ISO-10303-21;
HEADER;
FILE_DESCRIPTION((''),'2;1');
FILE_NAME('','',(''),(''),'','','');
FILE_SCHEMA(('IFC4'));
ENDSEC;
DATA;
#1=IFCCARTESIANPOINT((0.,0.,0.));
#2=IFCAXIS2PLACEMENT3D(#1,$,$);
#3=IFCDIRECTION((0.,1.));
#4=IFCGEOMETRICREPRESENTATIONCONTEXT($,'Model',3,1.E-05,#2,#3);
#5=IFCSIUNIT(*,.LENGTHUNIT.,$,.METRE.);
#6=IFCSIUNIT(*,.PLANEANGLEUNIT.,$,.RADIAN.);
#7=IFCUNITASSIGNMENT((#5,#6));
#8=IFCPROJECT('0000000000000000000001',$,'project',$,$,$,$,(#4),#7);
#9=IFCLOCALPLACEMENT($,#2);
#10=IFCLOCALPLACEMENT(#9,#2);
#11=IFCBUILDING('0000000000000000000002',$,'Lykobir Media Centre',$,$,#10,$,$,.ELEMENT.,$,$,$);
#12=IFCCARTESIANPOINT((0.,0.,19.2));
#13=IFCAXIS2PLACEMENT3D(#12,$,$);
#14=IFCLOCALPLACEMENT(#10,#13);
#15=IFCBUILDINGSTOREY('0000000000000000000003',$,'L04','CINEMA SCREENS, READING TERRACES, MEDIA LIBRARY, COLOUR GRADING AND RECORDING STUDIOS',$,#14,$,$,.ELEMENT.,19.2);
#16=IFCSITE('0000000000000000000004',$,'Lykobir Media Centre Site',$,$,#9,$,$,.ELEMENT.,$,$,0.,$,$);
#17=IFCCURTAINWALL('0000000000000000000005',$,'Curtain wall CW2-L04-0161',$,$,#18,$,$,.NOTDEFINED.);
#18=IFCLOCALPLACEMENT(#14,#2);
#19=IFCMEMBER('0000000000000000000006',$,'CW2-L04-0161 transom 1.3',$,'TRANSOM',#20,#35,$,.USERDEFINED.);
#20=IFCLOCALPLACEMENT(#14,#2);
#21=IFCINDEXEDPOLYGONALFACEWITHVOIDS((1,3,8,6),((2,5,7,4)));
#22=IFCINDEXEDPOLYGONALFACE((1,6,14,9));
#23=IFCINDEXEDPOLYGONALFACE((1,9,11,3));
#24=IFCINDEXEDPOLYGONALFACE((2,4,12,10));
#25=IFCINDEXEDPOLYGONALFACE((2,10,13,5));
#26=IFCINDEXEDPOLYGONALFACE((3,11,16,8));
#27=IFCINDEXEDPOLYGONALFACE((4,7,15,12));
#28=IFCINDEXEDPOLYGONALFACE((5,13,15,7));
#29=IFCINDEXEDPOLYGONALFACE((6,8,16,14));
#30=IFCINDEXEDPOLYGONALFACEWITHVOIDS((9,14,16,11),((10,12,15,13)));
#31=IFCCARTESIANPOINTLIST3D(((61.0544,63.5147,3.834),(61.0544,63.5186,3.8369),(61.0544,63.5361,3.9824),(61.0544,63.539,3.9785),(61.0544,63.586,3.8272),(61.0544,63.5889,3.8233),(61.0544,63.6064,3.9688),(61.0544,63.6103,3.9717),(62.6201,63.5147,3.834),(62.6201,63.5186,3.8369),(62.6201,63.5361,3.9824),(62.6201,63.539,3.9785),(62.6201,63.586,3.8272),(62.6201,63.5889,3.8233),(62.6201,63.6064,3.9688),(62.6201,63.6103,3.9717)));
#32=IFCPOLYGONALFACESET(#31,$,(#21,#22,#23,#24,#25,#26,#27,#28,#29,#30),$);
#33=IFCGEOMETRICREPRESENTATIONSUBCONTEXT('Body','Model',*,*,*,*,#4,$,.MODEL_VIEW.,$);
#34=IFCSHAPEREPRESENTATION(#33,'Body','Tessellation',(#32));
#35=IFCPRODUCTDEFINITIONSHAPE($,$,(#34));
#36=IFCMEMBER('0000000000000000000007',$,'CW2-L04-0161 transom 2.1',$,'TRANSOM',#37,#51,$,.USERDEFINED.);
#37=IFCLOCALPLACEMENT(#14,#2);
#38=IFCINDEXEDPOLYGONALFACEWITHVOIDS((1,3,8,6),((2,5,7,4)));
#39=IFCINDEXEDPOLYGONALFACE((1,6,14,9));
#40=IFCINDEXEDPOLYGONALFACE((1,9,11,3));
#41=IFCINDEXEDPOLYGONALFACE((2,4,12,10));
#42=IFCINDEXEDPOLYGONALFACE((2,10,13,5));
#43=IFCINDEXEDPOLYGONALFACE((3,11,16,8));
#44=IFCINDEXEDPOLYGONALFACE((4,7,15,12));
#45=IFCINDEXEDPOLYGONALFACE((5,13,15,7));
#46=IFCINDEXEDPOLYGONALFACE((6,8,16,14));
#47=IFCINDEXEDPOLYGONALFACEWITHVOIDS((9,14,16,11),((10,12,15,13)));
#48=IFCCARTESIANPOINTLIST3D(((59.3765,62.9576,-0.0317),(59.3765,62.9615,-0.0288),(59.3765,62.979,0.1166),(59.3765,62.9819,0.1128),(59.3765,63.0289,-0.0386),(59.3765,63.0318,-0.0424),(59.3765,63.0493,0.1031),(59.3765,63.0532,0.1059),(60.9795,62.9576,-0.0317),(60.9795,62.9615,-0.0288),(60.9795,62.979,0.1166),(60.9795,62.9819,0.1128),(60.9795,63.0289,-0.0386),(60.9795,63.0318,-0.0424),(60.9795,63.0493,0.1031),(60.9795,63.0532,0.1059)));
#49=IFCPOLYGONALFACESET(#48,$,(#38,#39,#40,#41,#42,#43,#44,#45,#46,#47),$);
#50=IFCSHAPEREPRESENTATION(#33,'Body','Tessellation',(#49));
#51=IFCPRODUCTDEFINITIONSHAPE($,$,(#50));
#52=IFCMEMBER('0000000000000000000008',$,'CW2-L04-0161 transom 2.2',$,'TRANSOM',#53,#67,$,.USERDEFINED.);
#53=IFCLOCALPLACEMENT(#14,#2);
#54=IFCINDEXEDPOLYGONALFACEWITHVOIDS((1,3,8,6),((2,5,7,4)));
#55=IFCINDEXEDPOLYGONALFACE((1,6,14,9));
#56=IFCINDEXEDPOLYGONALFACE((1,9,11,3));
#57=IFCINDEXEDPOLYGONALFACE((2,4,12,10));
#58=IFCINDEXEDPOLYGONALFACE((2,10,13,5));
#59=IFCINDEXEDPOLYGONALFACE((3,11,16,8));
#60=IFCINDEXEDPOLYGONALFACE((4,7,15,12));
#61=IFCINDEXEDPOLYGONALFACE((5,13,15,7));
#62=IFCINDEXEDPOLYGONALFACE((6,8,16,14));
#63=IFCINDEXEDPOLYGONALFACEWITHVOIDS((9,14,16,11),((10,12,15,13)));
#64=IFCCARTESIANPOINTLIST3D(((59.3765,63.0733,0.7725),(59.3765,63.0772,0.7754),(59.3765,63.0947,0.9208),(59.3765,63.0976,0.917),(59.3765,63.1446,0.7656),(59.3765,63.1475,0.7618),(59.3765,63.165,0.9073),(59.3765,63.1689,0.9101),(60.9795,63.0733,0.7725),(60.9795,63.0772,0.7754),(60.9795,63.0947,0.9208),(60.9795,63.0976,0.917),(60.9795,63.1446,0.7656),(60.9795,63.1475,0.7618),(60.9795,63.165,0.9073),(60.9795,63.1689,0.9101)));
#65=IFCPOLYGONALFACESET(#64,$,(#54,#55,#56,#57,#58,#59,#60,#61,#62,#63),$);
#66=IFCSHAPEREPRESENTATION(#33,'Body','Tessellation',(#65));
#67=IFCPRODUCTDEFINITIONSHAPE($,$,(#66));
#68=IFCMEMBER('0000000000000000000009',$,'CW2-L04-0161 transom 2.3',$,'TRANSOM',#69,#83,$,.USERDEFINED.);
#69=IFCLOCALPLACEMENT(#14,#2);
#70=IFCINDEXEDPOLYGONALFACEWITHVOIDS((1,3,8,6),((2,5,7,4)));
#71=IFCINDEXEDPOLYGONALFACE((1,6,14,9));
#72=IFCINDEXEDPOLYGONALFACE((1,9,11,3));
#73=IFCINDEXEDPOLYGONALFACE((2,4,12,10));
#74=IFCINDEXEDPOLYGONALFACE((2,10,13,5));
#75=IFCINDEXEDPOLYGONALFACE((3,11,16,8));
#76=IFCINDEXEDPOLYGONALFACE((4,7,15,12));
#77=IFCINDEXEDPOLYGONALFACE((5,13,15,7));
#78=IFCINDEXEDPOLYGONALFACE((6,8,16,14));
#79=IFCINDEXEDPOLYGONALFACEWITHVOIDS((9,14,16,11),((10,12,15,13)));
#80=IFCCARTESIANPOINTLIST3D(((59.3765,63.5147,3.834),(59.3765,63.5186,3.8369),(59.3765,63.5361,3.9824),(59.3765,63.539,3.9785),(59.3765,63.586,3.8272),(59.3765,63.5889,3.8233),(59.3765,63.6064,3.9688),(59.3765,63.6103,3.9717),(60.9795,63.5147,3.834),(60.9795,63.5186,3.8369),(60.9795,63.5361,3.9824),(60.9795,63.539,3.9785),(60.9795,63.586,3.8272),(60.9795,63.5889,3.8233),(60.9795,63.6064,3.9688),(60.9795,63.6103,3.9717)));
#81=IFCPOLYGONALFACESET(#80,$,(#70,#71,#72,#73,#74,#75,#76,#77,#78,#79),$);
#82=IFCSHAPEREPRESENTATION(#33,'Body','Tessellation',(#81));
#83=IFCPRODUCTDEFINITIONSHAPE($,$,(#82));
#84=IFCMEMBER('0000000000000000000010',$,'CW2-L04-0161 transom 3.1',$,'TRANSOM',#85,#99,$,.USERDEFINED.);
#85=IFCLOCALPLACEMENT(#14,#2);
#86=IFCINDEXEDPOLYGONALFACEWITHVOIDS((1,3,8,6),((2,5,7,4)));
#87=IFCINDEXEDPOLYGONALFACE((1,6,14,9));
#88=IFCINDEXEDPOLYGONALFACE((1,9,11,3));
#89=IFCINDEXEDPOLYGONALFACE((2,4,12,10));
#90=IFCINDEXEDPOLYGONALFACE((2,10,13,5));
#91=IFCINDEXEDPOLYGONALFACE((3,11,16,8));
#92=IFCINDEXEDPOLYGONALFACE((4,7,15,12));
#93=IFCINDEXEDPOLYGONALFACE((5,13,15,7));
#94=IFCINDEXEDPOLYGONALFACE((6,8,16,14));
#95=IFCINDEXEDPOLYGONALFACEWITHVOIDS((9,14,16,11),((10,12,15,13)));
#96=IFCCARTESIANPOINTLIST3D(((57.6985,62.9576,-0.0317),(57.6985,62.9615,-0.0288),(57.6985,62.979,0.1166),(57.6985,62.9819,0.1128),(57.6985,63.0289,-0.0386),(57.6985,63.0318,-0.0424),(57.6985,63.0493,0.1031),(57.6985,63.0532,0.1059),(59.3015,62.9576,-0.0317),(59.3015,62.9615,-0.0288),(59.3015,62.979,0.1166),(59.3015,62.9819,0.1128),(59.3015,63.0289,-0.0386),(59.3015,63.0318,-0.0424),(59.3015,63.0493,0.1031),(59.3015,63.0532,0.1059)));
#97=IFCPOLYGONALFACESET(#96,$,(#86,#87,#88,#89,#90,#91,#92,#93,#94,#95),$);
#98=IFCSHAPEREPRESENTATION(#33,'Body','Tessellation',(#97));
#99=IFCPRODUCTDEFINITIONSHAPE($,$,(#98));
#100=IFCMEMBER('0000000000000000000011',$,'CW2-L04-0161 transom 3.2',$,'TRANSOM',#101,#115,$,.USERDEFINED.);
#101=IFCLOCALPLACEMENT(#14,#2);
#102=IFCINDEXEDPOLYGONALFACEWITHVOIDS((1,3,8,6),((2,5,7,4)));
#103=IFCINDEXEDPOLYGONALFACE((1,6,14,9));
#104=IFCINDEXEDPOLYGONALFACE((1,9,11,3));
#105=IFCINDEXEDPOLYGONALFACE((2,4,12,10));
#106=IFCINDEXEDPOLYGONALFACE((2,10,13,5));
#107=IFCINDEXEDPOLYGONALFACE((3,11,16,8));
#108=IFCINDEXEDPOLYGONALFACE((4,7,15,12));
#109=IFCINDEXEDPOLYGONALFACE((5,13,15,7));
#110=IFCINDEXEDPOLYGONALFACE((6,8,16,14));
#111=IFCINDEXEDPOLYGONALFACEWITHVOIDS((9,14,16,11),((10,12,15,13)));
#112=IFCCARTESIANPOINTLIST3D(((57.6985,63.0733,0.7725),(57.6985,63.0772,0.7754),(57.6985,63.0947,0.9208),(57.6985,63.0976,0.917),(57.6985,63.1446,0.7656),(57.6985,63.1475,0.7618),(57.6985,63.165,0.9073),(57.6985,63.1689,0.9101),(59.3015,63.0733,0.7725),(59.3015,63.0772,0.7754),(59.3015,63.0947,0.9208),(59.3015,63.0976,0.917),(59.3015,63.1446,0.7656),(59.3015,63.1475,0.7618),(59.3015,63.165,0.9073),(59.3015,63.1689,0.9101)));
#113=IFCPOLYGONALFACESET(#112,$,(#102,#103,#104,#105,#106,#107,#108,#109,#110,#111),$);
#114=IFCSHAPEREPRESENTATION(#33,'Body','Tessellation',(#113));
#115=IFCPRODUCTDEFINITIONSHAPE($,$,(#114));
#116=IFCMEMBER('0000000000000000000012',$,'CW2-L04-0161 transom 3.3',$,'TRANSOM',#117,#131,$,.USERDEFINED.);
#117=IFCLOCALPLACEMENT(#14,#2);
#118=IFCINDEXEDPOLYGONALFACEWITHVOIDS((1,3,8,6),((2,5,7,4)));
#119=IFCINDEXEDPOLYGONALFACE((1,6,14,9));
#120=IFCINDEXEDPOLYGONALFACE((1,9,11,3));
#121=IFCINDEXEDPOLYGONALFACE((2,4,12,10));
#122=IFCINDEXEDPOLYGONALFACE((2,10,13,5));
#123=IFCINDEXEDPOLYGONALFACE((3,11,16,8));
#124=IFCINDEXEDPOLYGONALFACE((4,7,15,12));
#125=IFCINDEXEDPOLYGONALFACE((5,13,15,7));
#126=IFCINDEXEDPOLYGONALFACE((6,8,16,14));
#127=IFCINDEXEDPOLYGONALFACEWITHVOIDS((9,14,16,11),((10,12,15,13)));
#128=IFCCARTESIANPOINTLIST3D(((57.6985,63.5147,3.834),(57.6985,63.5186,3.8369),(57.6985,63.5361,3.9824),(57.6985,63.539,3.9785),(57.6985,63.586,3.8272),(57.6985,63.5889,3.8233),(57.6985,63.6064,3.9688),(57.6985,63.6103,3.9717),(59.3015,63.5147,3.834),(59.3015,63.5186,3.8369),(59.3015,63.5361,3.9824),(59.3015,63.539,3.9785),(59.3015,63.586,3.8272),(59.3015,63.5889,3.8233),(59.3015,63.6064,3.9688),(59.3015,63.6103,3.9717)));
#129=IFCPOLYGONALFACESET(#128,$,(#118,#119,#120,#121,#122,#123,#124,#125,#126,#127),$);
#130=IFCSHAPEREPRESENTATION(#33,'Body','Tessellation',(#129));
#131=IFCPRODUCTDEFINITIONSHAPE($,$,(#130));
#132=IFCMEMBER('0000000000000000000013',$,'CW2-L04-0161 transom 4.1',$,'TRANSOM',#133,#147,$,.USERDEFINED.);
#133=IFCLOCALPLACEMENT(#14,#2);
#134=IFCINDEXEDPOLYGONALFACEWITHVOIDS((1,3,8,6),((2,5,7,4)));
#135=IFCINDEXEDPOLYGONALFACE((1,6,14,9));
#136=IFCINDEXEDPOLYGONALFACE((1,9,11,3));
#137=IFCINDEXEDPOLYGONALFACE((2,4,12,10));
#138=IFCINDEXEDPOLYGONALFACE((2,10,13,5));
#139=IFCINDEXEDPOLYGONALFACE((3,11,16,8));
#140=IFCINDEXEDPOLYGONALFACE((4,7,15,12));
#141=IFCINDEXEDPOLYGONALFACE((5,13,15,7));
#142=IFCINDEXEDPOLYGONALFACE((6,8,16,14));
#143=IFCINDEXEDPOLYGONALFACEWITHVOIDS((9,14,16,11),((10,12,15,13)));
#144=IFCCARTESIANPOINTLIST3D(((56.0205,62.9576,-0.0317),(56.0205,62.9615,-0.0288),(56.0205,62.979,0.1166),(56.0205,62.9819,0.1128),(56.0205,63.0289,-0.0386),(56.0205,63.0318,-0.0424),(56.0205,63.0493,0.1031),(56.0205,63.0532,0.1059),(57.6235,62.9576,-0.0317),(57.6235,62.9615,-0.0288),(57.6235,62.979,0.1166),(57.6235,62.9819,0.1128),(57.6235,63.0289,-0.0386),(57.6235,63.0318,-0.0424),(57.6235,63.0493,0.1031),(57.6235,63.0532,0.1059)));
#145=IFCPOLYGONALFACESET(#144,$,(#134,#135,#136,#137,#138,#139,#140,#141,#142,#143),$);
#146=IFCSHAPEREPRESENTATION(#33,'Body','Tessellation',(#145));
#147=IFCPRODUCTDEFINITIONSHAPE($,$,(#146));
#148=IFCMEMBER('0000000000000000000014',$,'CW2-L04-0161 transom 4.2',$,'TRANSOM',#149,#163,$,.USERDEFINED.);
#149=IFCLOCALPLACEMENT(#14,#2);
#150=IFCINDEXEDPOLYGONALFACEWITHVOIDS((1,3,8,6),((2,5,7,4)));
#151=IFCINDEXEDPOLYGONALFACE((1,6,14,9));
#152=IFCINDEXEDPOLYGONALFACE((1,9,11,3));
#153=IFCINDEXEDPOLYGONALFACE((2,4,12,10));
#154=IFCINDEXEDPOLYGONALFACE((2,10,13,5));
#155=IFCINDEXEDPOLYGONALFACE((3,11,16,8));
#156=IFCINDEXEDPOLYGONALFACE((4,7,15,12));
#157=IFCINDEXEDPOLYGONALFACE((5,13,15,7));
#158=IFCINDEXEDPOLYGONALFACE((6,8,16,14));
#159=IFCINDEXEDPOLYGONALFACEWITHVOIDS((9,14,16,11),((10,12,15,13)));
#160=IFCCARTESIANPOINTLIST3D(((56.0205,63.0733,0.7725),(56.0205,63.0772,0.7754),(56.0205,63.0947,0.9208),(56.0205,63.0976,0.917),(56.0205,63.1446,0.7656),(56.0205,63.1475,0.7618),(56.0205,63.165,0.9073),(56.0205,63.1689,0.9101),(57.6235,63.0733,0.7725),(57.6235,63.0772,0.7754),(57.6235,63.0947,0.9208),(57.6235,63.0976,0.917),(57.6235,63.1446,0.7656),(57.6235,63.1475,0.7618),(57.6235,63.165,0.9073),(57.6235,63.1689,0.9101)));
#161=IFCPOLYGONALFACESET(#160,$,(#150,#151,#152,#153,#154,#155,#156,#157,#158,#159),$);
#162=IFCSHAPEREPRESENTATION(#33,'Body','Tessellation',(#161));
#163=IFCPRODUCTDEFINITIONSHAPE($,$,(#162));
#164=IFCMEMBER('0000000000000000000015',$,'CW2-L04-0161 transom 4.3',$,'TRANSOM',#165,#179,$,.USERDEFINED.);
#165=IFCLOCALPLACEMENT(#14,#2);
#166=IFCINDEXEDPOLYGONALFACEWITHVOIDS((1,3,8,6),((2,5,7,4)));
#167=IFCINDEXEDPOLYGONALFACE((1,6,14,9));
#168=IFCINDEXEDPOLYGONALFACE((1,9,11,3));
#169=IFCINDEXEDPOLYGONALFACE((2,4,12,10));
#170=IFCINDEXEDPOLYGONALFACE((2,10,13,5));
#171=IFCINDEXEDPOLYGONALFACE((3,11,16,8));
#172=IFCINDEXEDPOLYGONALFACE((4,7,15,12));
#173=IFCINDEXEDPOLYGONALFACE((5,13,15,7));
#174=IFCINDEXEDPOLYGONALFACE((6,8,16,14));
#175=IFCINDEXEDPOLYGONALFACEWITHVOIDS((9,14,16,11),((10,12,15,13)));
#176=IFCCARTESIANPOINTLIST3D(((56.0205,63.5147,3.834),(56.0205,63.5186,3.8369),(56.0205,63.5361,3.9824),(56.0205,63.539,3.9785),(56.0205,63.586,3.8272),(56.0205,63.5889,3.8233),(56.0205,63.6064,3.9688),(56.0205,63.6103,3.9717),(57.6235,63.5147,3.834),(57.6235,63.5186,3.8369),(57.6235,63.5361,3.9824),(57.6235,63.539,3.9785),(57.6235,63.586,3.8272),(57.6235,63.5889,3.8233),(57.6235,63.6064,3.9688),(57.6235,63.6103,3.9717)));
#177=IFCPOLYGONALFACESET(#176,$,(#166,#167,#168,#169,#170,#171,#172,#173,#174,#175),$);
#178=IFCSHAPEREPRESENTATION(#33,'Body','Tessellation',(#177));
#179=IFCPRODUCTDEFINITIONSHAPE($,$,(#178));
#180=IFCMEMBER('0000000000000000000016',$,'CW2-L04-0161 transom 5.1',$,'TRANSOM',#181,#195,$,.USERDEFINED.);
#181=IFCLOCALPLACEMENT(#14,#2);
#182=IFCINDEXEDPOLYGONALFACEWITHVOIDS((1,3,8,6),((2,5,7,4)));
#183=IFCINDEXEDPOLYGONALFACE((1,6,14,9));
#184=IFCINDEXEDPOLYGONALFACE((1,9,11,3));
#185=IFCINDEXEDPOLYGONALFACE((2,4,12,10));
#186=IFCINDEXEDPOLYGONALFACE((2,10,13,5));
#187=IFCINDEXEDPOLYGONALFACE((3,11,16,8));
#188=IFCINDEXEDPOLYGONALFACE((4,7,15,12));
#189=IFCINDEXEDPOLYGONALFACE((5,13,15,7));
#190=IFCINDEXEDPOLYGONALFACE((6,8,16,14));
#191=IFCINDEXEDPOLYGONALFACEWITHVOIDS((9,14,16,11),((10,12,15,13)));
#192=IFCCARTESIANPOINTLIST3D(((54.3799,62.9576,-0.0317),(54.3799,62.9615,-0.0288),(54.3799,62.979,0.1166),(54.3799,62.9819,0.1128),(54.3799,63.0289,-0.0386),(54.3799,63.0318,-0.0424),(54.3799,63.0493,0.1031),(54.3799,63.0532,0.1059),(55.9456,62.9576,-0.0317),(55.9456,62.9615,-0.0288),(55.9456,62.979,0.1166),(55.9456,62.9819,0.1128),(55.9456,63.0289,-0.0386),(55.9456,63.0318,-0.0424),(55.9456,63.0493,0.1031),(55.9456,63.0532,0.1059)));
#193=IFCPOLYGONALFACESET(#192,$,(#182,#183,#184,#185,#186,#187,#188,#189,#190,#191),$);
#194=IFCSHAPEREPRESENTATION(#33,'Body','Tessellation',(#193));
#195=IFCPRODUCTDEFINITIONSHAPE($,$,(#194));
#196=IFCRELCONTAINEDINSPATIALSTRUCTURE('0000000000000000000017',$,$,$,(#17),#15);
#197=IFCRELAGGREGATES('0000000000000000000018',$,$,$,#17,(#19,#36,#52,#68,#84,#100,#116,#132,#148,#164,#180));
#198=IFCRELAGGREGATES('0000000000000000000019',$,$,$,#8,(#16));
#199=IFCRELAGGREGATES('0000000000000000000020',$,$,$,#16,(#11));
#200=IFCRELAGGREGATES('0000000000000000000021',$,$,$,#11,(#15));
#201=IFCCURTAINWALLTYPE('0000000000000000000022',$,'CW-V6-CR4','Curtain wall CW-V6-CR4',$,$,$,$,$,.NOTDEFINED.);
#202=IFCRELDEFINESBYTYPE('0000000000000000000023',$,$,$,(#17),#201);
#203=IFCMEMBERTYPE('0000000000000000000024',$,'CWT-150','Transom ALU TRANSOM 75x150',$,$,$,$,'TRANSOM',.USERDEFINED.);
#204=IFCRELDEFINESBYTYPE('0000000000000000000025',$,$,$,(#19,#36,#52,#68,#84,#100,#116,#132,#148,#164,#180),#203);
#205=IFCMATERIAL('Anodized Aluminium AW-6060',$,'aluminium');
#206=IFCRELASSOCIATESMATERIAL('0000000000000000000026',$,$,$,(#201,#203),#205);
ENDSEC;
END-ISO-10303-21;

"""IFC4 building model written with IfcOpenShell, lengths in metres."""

from ifc_helpers import new_model, si_unit, direction, frame, origin, origin_2d, place, context, subcontext, project, spatial, hollow_rectangle, extrude, material, material_profile, profile_set, type_object, element, aggregate, save


model = new_model("IFC4")

# Units and contexts
model_context = context("Model", 3, precision=1e-05, world=origin(), true_north=direction((0.0, 1.0)))
body_context = subcontext(model_context, "Body", "Model", "MODEL_VIEW")
ifc_project = project(units=[si_unit("LENGTHUNIT", "METRE"), si_unit("PLANEANGLEUNIT", "RADIAN")], contexts=[model_context])

# Site, building, storey
site_placement = place(None, origin())
site = spatial("IfcSite", under=ifc_project, at=site_placement, Name="Lykobir Media Centre Site", CompositionType="ELEMENT", RefElevation=0.0)
building_placement = place(site_placement, origin())
building = spatial("IfcBuilding", under=site, at=building_placement, Name="Lykobir Media Centre", CompositionType="ELEMENT")
storey_placement = place(building_placement, frame((0.0, 0.0, 19.2)))
storey = spatial("IfcBuildingStorey", under=building, at=storey_placement, Name="L04", Description="CINEMA SCREENS, READING TERRACES, MEDIA LIBRARY, COLOUR GRADING AND RECORDING STUDIOS", CompositionType="ELEMENT", Elevation=19.2)

# Curtain wall, members
ifc_material_1 = material(Name="Anodized Aluminium AW-6060", Category="aluminium")
curtain_wall_type_1 = type_object("IfcCurtainWallType", Name="CW-V6-CR4", Description="Curtain wall CW-V6-CR4", PredefinedType="NOTDEFINED", material=ifc_material_1)
curtain_wall_1_placement = place(storey_placement, origin())
curtain_wall_1 = element("IfcCurtainWall", 1, at=curtain_wall_1_placement, inside=storey, type_object=curtain_wall_type_1, Name="Curtain wall CW2-L04-0161", PredefinedType="NOTDEFINED")
ifc_material_profile_1 = material_profile(ifc_material_1, hollow_rectangle(XDim=0.075, YDim=0.1499, WallThickness=0.0034, at=origin_2d()), Name="ALU TRANSOM 75x150")
ifc_profile_set_1 = profile_set([ifc_material_profile_1], Name="Anodized Aluminium AW-6060")
member_type_1 = type_object("IfcMemberType", Name="CWT-150", Description="Transom ALU TRANSOM 75x150", ElementType="TRANSOM", PredefinedType="USERDEFINED", material=ifc_profile_set_1)
member_1_placement = place(storey_placement, frame((62.6201, 63.5625, 3.9028), z_axis=(-1.0, 0.0, 0.0), x_axis=(0.0, -0.989776, 0.142629)))
member_1 = element("IfcMember", 2, at=member_1_placement, type_object=member_type_1, Name="CW2-L04-0161 transom 1.3", ObjectType="TRANSOM", PredefinedType="USERDEFINED", context=body_context, shape_type="SweptSolid", body=[
    extrude(hollow_rectangle(XDim=0.075, YDim=0.1499, WallThickness=0.0034, at=origin_2d()), origin(), (0.0, 0.0, 1.0), 1.5657),
])
member_2_placement = place(storey_placement, frame((60.9795, 63.0054, 0.0371), z_axis=(-1.0, 0.0, 0.0), x_axis=(0.0, -0.989776, 0.142629)))
member_2 = element("IfcMember", 3, at=member_2_placement, type_object=member_type_1, Name="CW2-L04-0161 transom 2.1", ObjectType="TRANSOM", PredefinedType="USERDEFINED", context=body_context, shape_type="SweptSolid", body=[
    extrude(hollow_rectangle(XDim=0.075, YDim=0.1499, WallThickness=0.0034, at=origin_2d()), origin(), (0.0, 0.0, 1.0), 1.603),
])
member_3_placement = place(storey_placement, frame((60.9795, 63.1211, 0.8413), z_axis=(-1.0, 0.0, 0.0), x_axis=(0.0, -0.989776, 0.142629)))
member_3 = element("IfcMember", 4, at=member_3_placement, type_object=member_type_1, Name="CW2-L04-0161 transom 2.2", ObjectType="TRANSOM", PredefinedType="USERDEFINED", context=body_context, shape_type="SweptSolid", body=[
    extrude(hollow_rectangle(XDim=0.075, YDim=0.1499, WallThickness=0.0034, at=origin_2d()), origin(), (0.0, 0.0, 1.0), 1.603),
])
member_4_placement = place(storey_placement, frame((60.9795, 63.5625, 3.9028), z_axis=(-1.0, 0.0, 0.0), x_axis=(0.0, -0.989776, 0.142629)))
member_4 = element("IfcMember", 5, at=member_4_placement, type_object=member_type_1, Name="CW2-L04-0161 transom 2.3", ObjectType="TRANSOM", PredefinedType="USERDEFINED", context=body_context, shape_type="SweptSolid", body=[
    extrude(hollow_rectangle(XDim=0.075, YDim=0.1499, WallThickness=0.0034, at=origin_2d()), origin(), (0.0, 0.0, 1.0), 1.603),
])
member_5_placement = place(storey_placement, frame((59.3015, 63.0054, 0.0371), z_axis=(-1.0, 0.0, 0.0), x_axis=(0.0, -0.989776, 0.142629)))
member_5 = element("IfcMember", 6, at=member_5_placement, type_object=member_type_1, Name="CW2-L04-0161 transom 3.1", ObjectType="TRANSOM", PredefinedType="USERDEFINED", context=body_context, shape_type="SweptSolid", body=[
    extrude(hollow_rectangle(XDim=0.075, YDim=0.1499, WallThickness=0.0034, at=origin_2d()), origin(), (0.0, 0.0, 1.0), 1.603),
])
member_6_placement = place(storey_placement, frame((59.3015, 63.1211, 0.8413), z_axis=(-1.0, 0.0, 0.0), x_axis=(0.0, -0.989776, 0.142629)))
member_6 = element("IfcMember", 7, at=member_6_placement, type_object=member_type_1, Name="CW2-L04-0161 transom 3.2", ObjectType="TRANSOM", PredefinedType="USERDEFINED", context=body_context, shape_type="SweptSolid", body=[
    extrude(hollow_rectangle(XDim=0.075, YDim=0.1499, WallThickness=0.0034, at=origin_2d()), origin(), (0.0, 0.0, 1.0), 1.603),
])
member_7_placement = place(storey_placement, frame((59.3015, 63.5625, 3.9028), z_axis=(-1.0, 0.0, 0.0), x_axis=(0.0, -0.989776, 0.142629)))
member_7 = element("IfcMember", 8, at=member_7_placement, type_object=member_type_1, Name="CW2-L04-0161 transom 3.3", ObjectType="TRANSOM", PredefinedType="USERDEFINED", context=body_context, shape_type="SweptSolid", body=[
    extrude(hollow_rectangle(XDim=0.075, YDim=0.1499, WallThickness=0.0034, at=origin_2d()), origin(), (0.0, 0.0, 1.0), 1.603),
])
member_8_placement = place(storey_placement, frame((57.6235, 63.0054, 0.0371), z_axis=(-1.0, 0.0, 0.0), x_axis=(0.0, -0.989776, 0.142629)))
member_8 = element("IfcMember", 9, at=member_8_placement, type_object=member_type_1, Name="CW2-L04-0161 transom 4.1", ObjectType="TRANSOM", PredefinedType="USERDEFINED", context=body_context, shape_type="SweptSolid", body=[
    extrude(hollow_rectangle(XDim=0.075, YDim=0.1499, WallThickness=0.0034, at=origin_2d()), origin(), (0.0, 0.0, 1.0), 1.603),
])
member_9_placement = place(storey_placement, frame((57.6235, 63.1211, 0.8413), z_axis=(-1.0, 0.0, 0.0), x_axis=(0.0, -0.989776, 0.142629)))
member_9 = element("IfcMember", 10, at=member_9_placement, type_object=member_type_1, Name="CW2-L04-0161 transom 4.2", ObjectType="TRANSOM", PredefinedType="USERDEFINED", context=body_context, shape_type="SweptSolid", body=[
    extrude(hollow_rectangle(XDim=0.075, YDim=0.1499, WallThickness=0.0034, at=origin_2d()), origin(), (0.0, 0.0, 1.0), 1.603),
])
member_10_placement = place(storey_placement, frame((57.6235, 63.5625, 3.9028), z_axis=(-1.0, 0.0, 0.0), x_axis=(0.0, -0.989776, 0.142629)))
member_10 = element("IfcMember", 11, at=member_10_placement, type_object=member_type_1, Name="CW2-L04-0161 transom 4.3", ObjectType="TRANSOM", PredefinedType="USERDEFINED", context=body_context, shape_type="SweptSolid", body=[
    extrude(hollow_rectangle(XDim=0.075, YDim=0.1499, WallThickness=0.0034, at=origin_2d()), origin(), (0.0, 0.0, 1.0), 1.603),
])
member_11_placement = place(storey_placement, frame((55.9456, 63.0054, 0.0371), z_axis=(-1.0, 0.0, 0.0), x_axis=(0.0, -0.989776, 0.142629)))
member_11 = element("IfcMember", 12, at=member_11_placement, type_object=member_type_1, Name="CW2-L04-0161 transom 5.1", ObjectType="TRANSOM", PredefinedType="USERDEFINED", context=body_context, shape_type="SweptSolid", body=[
    extrude(hollow_rectangle(XDim=0.075, YDim=0.1499, WallThickness=0.0034, at=origin_2d()), origin(), (0.0, 0.0, 1.0), 1.5657),
])

aggregate(curtain_wall_1, [member_1, member_2, member_3, member_4, member_5, member_6, member_7, member_8, member_9, member_10, member_11])

save(model, "model.ifc")
